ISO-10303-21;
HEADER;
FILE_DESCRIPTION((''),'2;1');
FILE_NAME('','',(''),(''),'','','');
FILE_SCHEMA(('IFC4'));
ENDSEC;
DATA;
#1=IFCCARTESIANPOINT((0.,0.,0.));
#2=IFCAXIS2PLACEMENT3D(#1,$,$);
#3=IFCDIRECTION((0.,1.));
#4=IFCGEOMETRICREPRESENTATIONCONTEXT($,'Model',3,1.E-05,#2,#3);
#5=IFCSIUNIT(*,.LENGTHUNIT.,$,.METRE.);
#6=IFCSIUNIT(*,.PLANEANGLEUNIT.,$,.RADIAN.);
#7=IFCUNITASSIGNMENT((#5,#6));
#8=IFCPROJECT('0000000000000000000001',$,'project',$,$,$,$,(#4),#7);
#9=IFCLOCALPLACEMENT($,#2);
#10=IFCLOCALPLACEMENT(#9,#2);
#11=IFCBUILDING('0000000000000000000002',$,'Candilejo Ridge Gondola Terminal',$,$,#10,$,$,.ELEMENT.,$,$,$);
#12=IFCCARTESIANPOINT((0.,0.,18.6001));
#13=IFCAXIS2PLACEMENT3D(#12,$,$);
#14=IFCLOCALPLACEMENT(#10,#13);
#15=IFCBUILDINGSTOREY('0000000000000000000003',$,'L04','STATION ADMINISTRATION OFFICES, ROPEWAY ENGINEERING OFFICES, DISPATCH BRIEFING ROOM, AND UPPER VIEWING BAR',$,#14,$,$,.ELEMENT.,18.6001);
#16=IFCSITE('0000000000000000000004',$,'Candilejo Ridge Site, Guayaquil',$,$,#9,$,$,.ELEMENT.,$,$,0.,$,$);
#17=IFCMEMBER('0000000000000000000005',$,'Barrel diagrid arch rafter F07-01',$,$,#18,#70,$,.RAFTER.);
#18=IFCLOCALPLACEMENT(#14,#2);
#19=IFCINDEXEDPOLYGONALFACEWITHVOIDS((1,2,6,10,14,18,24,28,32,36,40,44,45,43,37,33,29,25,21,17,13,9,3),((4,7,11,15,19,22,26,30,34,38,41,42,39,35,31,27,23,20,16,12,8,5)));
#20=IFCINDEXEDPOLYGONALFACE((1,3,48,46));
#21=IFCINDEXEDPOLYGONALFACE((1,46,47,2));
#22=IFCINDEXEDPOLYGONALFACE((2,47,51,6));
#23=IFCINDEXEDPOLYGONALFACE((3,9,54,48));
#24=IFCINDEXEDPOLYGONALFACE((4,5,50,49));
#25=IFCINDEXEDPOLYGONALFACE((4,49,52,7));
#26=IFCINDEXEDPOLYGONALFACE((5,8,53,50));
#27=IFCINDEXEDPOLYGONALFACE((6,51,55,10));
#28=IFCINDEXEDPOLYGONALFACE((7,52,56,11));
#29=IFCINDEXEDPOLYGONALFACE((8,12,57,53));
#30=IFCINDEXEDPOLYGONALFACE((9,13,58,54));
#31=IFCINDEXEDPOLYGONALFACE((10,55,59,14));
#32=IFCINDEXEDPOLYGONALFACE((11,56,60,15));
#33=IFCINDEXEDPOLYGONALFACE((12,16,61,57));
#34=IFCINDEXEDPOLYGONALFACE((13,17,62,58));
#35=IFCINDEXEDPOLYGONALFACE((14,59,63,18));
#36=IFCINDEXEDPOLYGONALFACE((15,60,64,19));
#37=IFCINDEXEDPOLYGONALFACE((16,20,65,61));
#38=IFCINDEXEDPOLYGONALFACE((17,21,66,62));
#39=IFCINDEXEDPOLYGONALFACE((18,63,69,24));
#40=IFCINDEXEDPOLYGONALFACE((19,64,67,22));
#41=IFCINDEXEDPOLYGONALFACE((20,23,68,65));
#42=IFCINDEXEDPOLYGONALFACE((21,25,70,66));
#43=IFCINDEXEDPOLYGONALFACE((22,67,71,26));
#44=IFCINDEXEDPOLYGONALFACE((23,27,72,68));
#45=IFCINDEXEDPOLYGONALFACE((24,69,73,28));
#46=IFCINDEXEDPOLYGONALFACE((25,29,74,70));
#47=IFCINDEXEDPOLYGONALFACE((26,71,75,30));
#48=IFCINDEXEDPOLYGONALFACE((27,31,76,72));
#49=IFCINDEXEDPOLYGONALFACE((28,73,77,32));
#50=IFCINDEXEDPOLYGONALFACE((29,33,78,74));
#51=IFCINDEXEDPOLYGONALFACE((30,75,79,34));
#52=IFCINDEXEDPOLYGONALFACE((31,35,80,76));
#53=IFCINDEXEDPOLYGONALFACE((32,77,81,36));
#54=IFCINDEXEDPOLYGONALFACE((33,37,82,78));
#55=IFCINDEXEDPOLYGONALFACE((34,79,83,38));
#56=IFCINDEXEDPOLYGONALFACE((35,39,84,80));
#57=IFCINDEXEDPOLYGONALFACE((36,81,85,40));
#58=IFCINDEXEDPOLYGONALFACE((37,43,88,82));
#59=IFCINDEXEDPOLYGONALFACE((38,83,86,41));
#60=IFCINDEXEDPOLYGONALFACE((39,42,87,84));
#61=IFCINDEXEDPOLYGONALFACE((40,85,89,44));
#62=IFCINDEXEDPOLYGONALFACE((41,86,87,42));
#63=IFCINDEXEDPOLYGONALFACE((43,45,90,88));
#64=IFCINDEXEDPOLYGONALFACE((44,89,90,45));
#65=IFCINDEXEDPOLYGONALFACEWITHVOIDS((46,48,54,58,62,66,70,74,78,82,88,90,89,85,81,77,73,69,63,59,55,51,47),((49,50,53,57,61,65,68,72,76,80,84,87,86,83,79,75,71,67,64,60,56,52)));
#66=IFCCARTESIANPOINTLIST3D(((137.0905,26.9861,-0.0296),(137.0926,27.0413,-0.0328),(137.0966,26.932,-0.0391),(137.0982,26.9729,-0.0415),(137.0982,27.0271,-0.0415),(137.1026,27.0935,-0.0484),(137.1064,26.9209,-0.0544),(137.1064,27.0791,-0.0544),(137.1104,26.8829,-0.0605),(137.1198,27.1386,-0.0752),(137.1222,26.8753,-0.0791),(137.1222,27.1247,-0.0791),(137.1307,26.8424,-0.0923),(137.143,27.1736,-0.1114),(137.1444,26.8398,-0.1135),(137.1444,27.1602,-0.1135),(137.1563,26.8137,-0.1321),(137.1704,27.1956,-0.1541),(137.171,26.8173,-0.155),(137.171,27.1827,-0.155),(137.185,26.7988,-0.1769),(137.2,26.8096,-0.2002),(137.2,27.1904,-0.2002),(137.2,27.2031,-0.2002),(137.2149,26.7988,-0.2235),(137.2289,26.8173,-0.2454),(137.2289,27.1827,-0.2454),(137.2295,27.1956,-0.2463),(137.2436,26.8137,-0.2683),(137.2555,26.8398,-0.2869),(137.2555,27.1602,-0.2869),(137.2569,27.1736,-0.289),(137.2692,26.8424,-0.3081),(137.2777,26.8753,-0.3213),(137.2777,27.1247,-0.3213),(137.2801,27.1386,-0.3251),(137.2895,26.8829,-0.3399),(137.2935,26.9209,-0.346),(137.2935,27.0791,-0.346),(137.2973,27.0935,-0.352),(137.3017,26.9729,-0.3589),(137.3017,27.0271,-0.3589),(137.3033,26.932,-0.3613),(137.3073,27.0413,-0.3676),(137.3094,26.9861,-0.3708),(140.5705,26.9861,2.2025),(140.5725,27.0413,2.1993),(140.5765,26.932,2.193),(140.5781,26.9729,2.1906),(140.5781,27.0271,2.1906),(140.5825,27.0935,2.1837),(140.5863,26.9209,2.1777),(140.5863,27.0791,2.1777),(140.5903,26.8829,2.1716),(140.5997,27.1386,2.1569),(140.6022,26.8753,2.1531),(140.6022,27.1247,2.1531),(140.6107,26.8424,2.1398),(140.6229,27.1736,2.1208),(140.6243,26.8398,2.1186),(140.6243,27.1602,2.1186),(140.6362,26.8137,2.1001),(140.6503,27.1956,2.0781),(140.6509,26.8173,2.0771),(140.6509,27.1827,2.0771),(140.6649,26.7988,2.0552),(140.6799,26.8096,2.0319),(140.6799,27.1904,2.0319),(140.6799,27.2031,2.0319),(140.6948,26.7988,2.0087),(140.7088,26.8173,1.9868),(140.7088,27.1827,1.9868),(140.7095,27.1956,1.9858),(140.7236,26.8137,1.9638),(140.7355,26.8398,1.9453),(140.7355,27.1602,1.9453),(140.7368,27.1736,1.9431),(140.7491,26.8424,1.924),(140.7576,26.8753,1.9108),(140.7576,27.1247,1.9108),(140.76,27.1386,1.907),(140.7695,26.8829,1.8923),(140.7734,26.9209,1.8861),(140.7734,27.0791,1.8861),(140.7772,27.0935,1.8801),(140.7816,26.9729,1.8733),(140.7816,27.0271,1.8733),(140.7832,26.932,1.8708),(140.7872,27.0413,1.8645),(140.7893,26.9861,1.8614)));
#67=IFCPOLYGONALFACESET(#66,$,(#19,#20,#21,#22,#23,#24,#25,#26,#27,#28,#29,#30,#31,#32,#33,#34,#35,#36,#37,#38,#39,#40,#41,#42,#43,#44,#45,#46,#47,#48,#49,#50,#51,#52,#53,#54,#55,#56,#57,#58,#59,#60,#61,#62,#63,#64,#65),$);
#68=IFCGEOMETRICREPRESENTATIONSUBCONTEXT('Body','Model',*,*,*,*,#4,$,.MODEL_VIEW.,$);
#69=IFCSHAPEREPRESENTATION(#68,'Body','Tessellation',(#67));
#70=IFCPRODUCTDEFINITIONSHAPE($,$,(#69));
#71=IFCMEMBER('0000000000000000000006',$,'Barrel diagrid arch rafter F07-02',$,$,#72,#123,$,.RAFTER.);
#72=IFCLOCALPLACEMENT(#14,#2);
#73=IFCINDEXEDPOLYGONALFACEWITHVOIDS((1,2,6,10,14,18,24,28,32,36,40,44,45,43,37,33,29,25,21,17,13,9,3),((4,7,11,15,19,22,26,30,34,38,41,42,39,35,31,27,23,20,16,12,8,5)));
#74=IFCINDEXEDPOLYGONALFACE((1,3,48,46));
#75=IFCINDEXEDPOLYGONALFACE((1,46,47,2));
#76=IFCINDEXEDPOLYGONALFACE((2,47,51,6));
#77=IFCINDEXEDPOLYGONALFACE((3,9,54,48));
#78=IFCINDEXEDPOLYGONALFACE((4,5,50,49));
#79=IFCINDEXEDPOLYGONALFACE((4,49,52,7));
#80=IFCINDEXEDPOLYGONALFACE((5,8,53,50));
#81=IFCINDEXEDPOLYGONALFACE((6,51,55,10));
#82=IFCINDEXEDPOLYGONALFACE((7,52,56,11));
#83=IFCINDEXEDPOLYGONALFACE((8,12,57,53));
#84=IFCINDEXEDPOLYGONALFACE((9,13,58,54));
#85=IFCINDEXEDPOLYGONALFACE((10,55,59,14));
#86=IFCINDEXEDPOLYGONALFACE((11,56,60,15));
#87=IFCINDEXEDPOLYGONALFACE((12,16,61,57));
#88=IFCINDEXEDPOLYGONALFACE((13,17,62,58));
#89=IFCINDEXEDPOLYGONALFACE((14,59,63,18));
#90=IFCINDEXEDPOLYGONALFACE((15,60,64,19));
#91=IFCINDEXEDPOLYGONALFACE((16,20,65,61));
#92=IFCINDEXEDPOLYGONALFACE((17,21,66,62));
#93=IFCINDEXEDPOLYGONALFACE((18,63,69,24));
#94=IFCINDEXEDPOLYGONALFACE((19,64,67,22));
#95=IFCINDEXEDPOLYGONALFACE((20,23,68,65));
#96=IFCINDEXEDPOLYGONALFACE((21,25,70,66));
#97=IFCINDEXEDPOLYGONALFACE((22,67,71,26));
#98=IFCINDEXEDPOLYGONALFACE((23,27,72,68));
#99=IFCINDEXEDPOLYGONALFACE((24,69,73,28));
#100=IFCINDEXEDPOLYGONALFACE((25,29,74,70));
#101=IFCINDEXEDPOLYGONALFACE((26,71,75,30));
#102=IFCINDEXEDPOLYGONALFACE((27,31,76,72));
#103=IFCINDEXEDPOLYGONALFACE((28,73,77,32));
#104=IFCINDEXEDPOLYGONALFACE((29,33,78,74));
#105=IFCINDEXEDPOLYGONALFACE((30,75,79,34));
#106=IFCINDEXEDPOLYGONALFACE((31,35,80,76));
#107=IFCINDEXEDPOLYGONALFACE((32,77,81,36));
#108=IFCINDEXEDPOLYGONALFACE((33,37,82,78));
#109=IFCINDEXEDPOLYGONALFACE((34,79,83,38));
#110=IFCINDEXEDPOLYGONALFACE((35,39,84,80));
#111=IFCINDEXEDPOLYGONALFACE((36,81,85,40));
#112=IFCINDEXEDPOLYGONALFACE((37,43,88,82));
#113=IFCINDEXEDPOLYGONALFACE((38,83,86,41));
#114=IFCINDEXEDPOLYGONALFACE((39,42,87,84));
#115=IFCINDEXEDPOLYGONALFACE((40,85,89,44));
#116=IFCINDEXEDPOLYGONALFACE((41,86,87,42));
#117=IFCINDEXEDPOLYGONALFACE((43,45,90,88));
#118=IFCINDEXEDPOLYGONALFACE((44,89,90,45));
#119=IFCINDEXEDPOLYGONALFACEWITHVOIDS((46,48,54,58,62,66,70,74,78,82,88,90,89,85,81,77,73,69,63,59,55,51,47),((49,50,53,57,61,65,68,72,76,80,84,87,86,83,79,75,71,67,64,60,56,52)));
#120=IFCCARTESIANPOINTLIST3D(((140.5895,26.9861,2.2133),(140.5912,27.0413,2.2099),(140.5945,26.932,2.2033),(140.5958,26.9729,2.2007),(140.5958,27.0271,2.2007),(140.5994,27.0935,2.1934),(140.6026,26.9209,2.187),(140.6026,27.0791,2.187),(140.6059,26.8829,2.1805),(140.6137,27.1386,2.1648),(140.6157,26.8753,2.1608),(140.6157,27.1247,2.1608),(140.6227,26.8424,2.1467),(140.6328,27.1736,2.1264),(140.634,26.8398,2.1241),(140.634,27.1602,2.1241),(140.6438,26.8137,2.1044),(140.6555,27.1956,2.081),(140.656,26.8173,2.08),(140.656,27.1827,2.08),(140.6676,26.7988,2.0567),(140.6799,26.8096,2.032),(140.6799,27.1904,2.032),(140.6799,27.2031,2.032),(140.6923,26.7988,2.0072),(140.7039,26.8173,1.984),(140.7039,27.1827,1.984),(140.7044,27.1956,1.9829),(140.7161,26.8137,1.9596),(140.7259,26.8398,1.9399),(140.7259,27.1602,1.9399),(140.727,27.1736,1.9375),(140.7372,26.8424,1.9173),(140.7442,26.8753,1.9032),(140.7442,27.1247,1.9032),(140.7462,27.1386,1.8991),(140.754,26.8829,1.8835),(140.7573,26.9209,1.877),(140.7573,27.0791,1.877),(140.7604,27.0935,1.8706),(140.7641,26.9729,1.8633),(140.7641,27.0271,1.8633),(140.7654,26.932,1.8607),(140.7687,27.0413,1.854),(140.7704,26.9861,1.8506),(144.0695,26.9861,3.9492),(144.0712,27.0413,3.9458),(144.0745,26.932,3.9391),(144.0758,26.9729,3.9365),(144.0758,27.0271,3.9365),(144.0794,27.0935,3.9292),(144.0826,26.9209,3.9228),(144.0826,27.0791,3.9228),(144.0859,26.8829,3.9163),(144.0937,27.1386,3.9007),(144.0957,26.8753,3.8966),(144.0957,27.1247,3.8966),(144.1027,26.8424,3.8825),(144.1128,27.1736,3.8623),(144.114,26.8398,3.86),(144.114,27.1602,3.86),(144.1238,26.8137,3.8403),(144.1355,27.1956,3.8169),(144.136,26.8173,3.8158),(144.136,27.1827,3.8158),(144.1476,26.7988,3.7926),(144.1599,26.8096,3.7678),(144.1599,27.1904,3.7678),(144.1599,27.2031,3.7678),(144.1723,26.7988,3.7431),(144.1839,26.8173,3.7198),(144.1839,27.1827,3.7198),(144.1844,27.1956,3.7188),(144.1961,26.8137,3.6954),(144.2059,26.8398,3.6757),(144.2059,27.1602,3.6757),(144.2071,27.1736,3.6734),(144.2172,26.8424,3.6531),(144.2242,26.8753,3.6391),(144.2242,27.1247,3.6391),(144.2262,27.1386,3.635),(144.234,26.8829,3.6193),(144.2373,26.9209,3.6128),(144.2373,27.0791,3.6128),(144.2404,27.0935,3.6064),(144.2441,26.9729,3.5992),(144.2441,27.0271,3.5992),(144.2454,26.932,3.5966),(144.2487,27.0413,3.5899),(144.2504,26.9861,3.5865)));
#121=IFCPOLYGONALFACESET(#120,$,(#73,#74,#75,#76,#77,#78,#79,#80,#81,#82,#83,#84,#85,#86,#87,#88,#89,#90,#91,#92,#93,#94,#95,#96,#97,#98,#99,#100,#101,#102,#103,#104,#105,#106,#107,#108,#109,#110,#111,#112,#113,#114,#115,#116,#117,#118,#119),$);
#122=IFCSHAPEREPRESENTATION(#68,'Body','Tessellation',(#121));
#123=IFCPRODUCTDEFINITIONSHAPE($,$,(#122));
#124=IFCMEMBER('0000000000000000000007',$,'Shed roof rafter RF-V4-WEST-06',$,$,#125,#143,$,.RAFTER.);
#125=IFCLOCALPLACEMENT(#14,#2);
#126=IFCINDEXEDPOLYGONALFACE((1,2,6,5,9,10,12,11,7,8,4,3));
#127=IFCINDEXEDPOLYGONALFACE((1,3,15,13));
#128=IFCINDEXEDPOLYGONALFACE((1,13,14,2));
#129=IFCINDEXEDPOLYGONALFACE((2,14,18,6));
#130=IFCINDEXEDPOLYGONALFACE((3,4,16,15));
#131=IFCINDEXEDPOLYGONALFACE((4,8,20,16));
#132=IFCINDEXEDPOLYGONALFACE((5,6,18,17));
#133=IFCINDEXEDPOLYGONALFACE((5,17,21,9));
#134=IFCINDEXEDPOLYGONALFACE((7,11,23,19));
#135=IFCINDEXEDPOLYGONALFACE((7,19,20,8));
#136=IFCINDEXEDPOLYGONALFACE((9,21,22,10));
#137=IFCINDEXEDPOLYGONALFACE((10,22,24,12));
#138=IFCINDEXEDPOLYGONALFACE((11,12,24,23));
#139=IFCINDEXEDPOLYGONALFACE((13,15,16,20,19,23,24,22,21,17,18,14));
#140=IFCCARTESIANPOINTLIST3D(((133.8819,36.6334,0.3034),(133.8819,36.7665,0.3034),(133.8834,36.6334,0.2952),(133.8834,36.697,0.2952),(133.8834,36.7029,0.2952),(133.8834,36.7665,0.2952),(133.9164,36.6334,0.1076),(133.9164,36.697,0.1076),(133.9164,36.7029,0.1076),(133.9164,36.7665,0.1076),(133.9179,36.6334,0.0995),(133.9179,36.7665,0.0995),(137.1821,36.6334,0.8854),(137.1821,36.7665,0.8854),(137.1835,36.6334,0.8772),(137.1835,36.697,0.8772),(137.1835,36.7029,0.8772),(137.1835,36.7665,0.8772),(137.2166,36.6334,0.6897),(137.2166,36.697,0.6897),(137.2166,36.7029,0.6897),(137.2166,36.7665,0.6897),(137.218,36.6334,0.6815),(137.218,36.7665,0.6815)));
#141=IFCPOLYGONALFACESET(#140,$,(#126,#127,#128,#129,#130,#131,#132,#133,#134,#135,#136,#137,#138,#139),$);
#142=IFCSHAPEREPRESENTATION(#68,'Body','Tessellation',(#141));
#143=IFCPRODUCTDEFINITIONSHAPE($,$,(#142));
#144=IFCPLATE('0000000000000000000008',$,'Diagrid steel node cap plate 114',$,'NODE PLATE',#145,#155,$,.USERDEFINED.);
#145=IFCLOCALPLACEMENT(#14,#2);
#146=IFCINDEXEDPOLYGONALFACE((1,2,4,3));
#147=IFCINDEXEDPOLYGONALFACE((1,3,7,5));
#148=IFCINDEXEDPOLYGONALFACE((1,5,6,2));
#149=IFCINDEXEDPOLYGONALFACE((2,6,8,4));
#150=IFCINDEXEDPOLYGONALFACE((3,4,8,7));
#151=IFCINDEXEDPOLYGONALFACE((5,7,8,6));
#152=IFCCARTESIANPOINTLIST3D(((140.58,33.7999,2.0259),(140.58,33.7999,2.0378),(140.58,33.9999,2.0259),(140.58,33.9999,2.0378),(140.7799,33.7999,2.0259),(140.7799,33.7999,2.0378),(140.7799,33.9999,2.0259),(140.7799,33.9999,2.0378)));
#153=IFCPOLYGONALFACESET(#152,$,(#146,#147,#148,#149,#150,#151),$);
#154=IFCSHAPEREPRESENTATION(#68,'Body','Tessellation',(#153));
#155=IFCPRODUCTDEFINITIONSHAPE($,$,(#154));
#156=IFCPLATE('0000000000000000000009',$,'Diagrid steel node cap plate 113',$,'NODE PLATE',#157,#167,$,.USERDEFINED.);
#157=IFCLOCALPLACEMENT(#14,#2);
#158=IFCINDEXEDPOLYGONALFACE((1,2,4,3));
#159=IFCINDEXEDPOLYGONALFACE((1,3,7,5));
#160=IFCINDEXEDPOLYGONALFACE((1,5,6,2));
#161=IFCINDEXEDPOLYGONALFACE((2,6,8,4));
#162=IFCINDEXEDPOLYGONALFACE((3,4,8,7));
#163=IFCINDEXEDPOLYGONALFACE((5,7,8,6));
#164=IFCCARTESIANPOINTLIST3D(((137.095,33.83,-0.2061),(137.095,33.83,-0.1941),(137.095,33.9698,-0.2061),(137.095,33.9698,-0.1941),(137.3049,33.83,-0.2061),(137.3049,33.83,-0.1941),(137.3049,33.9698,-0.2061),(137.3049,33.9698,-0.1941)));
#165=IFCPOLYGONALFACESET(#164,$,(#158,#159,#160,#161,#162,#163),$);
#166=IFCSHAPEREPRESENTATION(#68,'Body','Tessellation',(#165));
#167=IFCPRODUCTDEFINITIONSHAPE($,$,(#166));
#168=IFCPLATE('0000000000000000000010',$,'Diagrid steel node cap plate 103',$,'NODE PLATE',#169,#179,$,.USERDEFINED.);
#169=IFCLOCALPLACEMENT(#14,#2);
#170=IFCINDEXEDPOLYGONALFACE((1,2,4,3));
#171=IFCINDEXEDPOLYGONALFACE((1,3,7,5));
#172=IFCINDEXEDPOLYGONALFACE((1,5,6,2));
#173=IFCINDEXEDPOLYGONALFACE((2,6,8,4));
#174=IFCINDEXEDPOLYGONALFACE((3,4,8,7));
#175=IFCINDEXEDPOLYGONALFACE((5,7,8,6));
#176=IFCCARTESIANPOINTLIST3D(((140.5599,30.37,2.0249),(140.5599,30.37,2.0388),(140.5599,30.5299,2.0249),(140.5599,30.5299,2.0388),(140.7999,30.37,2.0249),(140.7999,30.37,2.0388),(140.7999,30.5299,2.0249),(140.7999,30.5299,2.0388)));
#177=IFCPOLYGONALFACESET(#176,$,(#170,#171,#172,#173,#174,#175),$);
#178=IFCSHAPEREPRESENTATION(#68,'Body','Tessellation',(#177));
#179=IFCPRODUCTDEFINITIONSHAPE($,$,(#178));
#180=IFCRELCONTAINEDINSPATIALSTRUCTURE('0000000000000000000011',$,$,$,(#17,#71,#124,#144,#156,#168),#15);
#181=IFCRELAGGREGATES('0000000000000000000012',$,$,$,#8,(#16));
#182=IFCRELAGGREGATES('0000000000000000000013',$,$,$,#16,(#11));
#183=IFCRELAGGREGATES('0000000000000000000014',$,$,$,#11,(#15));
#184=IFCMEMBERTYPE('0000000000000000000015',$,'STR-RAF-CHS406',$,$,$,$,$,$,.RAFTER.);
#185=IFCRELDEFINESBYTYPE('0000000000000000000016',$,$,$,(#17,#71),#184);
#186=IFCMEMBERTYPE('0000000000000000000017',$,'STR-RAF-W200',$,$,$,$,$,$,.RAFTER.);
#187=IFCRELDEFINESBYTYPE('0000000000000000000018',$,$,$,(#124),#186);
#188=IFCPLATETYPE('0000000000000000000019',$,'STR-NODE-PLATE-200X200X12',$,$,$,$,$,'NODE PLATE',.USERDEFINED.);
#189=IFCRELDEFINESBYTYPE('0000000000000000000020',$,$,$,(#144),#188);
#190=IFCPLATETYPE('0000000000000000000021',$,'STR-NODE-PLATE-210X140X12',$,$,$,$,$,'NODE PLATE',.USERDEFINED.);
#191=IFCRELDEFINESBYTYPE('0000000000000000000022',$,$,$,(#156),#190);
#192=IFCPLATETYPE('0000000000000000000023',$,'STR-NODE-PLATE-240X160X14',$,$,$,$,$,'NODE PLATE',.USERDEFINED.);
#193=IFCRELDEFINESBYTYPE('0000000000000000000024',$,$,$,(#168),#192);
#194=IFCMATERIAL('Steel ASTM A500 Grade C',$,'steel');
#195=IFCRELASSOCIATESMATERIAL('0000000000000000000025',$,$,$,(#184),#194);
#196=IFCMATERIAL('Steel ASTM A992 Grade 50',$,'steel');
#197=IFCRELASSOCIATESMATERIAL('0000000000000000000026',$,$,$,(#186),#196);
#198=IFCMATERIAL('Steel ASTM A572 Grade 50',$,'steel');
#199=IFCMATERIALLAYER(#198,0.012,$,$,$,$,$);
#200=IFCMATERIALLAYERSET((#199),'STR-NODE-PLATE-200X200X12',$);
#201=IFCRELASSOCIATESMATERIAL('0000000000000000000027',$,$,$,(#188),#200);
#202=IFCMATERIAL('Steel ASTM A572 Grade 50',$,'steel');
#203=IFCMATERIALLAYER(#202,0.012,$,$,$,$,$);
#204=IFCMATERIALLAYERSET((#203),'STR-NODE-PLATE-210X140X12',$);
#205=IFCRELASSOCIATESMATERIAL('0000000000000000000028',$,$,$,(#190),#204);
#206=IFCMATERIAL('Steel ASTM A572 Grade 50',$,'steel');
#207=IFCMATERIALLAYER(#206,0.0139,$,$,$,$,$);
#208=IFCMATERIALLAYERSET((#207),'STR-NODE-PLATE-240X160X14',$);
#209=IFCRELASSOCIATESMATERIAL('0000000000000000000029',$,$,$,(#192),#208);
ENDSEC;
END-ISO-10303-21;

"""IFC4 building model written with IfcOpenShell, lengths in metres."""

from ifc_helpers import new_model, si_unit, direction, frame, origin, origin_2d, place, context, subcontext, project, spatial, rectangle, hollow_circle, i_section, extrude, material, layer, layer_set, material_profile, profile_set, type_object, element, save


model = new_model("IFC4")

# Units and contexts
model_context = context("Model", 3, precision=1e-05, world=origin(), true_north=direction((0.0, 1.0)))
body_context = subcontext(model_context, "Body", "Model", "MODEL_VIEW")
ifc_project = project(units=[si_unit("LENGTHUNIT", "METRE"), si_unit("PLANEANGLEUNIT", "RADIAN")], contexts=[model_context])

# Site, building, storey
site_placement = place(None, origin())
site = spatial("IfcSite", under=ifc_project, at=site_placement, Name="Candilejo Ridge Site, Guayaquil", CompositionType="ELEMENT", RefElevation=0.0)
building_placement = place(site_placement, origin())
building = spatial("IfcBuilding", under=site, at=building_placement, Name="Candilejo Ridge Gondola Terminal", CompositionType="ELEMENT")
storey_placement = place(building_placement, frame((0.0, 0.0, 18.6001)))
storey = spatial("IfcBuildingStorey", under=building, at=storey_placement, Name="L04", Description="STATION ADMINISTRATION OFFICES, ROPEWAY ENGINEERING OFFICES, DISPATCH BRIEFING ROOM, AND UPPER VIEWING BAR", CompositionType="ELEMENT", Elevation=18.6001)

# Members
ifc_material_1 = material(Name="Steel ASTM A500 Grade C", Category="steel")
ifc_material_profile_1 = material_profile(ifc_material_1, hollow_circle(Radius=0.2031, WallThickness=0.0127, at=origin_2d()))
ifc_profile_set_1 = profile_set([ifc_material_profile_1], Name="Steel ASTM A500 Grade C")
member_type_1 = type_object("IfcMemberType", Name="STR-RAF-CHS406", PredefinedType="RAFTER", material=ifc_profile_set_1)
member_1_placement = place(storey_placement, frame((137.2, 27.0, -0.2002), z_axis=(0.841723, 0.0, 0.53991), x_axis=(0.0, 1.0, 0.0)))
element("IfcMember", 1, at=member_1_placement, inside=storey, type_object=member_type_1, Name="Barrel diagrid arch rafter F07-01", PredefinedType="RAFTER", context=body_context, shape_type="SweptSolid", body=[
    extrude(hollow_circle(Radius=0.2031, WallThickness=0.0127, at=origin_2d()), origin(), (0.0, 0.0, 1.0), 4.1343),
])
member_2_placement = place(storey_placement, frame((140.6799, 27.0, 2.032), z_axis=(0.894854, 0.0, 0.44636), x_axis=(0.0, 1.0, 0.0)))
element("IfcMember", 2, at=member_2_placement, inside=storey, type_object=member_type_1, Name="Barrel diagrid arch rafter F07-02", PredefinedType="RAFTER", context=body_context, shape_type="SweptSolid", body=[
    extrude(hollow_circle(Radius=0.2031, WallThickness=0.0127, at=origin_2d()), origin(), (0.0, 0.0, 1.0), 3.8889),
])
ifc_material_2 = material(Name="Steel ASTM A992 Grade 50", Category="steel")
ifc_material_profile_2 = material_profile(ifc_material_2, i_section(OverallWidth=0.1331, OverallDepth=0.207, WebThickness=0.0059, FlangeThickness=0.0083, at=origin_2d()))
ifc_profile_set_2 = profile_set([ifc_material_profile_2], Name="Steel ASTM A992 Grade 50")
member_type_2 = type_object("IfcMemberType", Name="STR-RAF-W200", PredefinedType="RAFTER", material=ifc_profile_set_2)
member_3_placement = place(storey_placement, frame((133.8999, 36.7, 0.2014), z_axis=(0.9848, 0.0, 0.17369), x_axis=(0.0, 1.0, 0.0)))
element("IfcMember", 3, at=member_3_placement, inside=storey, type_object=member_type_2, Name="Shed roof rafter RF-V4-WEST-06", PredefinedType="RAFTER", context=body_context, shape_type="SweptSolid", body=[
    extrude(i_section(OverallWidth=0.1331, OverallDepth=0.207, WebThickness=0.0059, FlangeThickness=0.0083, at=origin_2d()), origin(), (0.0, 0.0, 1.0), 3.3511),
])

# Plates
ifc_material_3 = material(Name="Steel ASTM A572 Grade 50", Category="steel")
ifc_layer_1 = layer(ifc_material_3, 0.012)
ifc_layer_set_1 = layer_set([ifc_layer_1], Name="STR-NODE-PLATE-200X200X12")
plate_type_1 = type_object("IfcPlateType", Name="STR-NODE-PLATE-200X200X12", ElementType="NODE PLATE", PredefinedType="USERDEFINED", material=ifc_layer_set_1)
plate_1_placement = place(storey_placement, frame((140.6799, 33.8999, 2.0259), z_axis=(0.0, 0.0, 1.0), x_axis=(1.0, 0.0, 0.0)))
element("IfcPlate", 4, at=plate_1_placement, inside=storey, type_object=plate_type_1, Name="Diagrid steel node cap plate 114", ObjectType="NODE PLATE", PredefinedType="USERDEFINED", context=body_context, shape_type="SweptSolid", body=[
    extrude(rectangle(XDim=0.2, YDim=0.2, at=origin_2d()), origin(), (0.0, 0.0, 1.0), 0.012),
])
ifc_material_4 = material(Name="Steel ASTM A572 Grade 50", Category="steel")
ifc_layer_2 = layer(ifc_material_4, 0.012)
ifc_layer_set_2 = layer_set([ifc_layer_2], Name="STR-NODE-PLATE-210X140X12")
plate_type_2 = type_object("IfcPlateType", Name="STR-NODE-PLATE-210X140X12", ElementType="NODE PLATE", PredefinedType="USERDEFINED", material=ifc_layer_set_2)
plate_2_placement = place(storey_placement, frame((137.2, 33.8999, -0.2061), z_axis=(0.0, 0.0, 1.0), x_axis=(1.0, 0.0, 0.0)))
element("IfcPlate", 5, at=plate_2_placement, inside=storey, type_object=plate_type_2, Name="Diagrid steel node cap plate 113", ObjectType="NODE PLATE", PredefinedType="USERDEFINED", context=body_context, shape_type="SweptSolid", body=[
    extrude(rectangle(XDim=0.21, YDim=0.1399, at=origin_2d()), origin(), (0.0, 0.0, 1.0), 0.012),
])
ifc_material_5 = material(Name="Steel ASTM A572 Grade 50", Category="steel")
ifc_layer_3 = layer(ifc_material_5, 0.0139)
ifc_layer_set_3 = layer_set([ifc_layer_3], Name="STR-NODE-PLATE-240X160X14")
plate_type_3 = type_object("IfcPlateType", Name="STR-NODE-PLATE-240X160X14", ElementType="NODE PLATE", PredefinedType="USERDEFINED", material=ifc_layer_set_3)
plate_3_placement = place(storey_placement, frame((140.6799, 30.45, 2.0249), z_axis=(0.0, 0.0, 1.0), x_axis=(1.0, 0.0, 0.0)))
element("IfcPlate", 6, at=plate_3_placement, inside=storey, type_object=plate_type_3, Name="Diagrid steel node cap plate 103", ObjectType="NODE PLATE", PredefinedType="USERDEFINED", context=body_context, shape_type="SweptSolid", body=[
    extrude(rectangle(XDim=0.24, YDim=0.1599, at=origin_2d()), origin(), (0.0, 0.0, 1.0), 0.0139),
])

save(model, "model.ifc")
